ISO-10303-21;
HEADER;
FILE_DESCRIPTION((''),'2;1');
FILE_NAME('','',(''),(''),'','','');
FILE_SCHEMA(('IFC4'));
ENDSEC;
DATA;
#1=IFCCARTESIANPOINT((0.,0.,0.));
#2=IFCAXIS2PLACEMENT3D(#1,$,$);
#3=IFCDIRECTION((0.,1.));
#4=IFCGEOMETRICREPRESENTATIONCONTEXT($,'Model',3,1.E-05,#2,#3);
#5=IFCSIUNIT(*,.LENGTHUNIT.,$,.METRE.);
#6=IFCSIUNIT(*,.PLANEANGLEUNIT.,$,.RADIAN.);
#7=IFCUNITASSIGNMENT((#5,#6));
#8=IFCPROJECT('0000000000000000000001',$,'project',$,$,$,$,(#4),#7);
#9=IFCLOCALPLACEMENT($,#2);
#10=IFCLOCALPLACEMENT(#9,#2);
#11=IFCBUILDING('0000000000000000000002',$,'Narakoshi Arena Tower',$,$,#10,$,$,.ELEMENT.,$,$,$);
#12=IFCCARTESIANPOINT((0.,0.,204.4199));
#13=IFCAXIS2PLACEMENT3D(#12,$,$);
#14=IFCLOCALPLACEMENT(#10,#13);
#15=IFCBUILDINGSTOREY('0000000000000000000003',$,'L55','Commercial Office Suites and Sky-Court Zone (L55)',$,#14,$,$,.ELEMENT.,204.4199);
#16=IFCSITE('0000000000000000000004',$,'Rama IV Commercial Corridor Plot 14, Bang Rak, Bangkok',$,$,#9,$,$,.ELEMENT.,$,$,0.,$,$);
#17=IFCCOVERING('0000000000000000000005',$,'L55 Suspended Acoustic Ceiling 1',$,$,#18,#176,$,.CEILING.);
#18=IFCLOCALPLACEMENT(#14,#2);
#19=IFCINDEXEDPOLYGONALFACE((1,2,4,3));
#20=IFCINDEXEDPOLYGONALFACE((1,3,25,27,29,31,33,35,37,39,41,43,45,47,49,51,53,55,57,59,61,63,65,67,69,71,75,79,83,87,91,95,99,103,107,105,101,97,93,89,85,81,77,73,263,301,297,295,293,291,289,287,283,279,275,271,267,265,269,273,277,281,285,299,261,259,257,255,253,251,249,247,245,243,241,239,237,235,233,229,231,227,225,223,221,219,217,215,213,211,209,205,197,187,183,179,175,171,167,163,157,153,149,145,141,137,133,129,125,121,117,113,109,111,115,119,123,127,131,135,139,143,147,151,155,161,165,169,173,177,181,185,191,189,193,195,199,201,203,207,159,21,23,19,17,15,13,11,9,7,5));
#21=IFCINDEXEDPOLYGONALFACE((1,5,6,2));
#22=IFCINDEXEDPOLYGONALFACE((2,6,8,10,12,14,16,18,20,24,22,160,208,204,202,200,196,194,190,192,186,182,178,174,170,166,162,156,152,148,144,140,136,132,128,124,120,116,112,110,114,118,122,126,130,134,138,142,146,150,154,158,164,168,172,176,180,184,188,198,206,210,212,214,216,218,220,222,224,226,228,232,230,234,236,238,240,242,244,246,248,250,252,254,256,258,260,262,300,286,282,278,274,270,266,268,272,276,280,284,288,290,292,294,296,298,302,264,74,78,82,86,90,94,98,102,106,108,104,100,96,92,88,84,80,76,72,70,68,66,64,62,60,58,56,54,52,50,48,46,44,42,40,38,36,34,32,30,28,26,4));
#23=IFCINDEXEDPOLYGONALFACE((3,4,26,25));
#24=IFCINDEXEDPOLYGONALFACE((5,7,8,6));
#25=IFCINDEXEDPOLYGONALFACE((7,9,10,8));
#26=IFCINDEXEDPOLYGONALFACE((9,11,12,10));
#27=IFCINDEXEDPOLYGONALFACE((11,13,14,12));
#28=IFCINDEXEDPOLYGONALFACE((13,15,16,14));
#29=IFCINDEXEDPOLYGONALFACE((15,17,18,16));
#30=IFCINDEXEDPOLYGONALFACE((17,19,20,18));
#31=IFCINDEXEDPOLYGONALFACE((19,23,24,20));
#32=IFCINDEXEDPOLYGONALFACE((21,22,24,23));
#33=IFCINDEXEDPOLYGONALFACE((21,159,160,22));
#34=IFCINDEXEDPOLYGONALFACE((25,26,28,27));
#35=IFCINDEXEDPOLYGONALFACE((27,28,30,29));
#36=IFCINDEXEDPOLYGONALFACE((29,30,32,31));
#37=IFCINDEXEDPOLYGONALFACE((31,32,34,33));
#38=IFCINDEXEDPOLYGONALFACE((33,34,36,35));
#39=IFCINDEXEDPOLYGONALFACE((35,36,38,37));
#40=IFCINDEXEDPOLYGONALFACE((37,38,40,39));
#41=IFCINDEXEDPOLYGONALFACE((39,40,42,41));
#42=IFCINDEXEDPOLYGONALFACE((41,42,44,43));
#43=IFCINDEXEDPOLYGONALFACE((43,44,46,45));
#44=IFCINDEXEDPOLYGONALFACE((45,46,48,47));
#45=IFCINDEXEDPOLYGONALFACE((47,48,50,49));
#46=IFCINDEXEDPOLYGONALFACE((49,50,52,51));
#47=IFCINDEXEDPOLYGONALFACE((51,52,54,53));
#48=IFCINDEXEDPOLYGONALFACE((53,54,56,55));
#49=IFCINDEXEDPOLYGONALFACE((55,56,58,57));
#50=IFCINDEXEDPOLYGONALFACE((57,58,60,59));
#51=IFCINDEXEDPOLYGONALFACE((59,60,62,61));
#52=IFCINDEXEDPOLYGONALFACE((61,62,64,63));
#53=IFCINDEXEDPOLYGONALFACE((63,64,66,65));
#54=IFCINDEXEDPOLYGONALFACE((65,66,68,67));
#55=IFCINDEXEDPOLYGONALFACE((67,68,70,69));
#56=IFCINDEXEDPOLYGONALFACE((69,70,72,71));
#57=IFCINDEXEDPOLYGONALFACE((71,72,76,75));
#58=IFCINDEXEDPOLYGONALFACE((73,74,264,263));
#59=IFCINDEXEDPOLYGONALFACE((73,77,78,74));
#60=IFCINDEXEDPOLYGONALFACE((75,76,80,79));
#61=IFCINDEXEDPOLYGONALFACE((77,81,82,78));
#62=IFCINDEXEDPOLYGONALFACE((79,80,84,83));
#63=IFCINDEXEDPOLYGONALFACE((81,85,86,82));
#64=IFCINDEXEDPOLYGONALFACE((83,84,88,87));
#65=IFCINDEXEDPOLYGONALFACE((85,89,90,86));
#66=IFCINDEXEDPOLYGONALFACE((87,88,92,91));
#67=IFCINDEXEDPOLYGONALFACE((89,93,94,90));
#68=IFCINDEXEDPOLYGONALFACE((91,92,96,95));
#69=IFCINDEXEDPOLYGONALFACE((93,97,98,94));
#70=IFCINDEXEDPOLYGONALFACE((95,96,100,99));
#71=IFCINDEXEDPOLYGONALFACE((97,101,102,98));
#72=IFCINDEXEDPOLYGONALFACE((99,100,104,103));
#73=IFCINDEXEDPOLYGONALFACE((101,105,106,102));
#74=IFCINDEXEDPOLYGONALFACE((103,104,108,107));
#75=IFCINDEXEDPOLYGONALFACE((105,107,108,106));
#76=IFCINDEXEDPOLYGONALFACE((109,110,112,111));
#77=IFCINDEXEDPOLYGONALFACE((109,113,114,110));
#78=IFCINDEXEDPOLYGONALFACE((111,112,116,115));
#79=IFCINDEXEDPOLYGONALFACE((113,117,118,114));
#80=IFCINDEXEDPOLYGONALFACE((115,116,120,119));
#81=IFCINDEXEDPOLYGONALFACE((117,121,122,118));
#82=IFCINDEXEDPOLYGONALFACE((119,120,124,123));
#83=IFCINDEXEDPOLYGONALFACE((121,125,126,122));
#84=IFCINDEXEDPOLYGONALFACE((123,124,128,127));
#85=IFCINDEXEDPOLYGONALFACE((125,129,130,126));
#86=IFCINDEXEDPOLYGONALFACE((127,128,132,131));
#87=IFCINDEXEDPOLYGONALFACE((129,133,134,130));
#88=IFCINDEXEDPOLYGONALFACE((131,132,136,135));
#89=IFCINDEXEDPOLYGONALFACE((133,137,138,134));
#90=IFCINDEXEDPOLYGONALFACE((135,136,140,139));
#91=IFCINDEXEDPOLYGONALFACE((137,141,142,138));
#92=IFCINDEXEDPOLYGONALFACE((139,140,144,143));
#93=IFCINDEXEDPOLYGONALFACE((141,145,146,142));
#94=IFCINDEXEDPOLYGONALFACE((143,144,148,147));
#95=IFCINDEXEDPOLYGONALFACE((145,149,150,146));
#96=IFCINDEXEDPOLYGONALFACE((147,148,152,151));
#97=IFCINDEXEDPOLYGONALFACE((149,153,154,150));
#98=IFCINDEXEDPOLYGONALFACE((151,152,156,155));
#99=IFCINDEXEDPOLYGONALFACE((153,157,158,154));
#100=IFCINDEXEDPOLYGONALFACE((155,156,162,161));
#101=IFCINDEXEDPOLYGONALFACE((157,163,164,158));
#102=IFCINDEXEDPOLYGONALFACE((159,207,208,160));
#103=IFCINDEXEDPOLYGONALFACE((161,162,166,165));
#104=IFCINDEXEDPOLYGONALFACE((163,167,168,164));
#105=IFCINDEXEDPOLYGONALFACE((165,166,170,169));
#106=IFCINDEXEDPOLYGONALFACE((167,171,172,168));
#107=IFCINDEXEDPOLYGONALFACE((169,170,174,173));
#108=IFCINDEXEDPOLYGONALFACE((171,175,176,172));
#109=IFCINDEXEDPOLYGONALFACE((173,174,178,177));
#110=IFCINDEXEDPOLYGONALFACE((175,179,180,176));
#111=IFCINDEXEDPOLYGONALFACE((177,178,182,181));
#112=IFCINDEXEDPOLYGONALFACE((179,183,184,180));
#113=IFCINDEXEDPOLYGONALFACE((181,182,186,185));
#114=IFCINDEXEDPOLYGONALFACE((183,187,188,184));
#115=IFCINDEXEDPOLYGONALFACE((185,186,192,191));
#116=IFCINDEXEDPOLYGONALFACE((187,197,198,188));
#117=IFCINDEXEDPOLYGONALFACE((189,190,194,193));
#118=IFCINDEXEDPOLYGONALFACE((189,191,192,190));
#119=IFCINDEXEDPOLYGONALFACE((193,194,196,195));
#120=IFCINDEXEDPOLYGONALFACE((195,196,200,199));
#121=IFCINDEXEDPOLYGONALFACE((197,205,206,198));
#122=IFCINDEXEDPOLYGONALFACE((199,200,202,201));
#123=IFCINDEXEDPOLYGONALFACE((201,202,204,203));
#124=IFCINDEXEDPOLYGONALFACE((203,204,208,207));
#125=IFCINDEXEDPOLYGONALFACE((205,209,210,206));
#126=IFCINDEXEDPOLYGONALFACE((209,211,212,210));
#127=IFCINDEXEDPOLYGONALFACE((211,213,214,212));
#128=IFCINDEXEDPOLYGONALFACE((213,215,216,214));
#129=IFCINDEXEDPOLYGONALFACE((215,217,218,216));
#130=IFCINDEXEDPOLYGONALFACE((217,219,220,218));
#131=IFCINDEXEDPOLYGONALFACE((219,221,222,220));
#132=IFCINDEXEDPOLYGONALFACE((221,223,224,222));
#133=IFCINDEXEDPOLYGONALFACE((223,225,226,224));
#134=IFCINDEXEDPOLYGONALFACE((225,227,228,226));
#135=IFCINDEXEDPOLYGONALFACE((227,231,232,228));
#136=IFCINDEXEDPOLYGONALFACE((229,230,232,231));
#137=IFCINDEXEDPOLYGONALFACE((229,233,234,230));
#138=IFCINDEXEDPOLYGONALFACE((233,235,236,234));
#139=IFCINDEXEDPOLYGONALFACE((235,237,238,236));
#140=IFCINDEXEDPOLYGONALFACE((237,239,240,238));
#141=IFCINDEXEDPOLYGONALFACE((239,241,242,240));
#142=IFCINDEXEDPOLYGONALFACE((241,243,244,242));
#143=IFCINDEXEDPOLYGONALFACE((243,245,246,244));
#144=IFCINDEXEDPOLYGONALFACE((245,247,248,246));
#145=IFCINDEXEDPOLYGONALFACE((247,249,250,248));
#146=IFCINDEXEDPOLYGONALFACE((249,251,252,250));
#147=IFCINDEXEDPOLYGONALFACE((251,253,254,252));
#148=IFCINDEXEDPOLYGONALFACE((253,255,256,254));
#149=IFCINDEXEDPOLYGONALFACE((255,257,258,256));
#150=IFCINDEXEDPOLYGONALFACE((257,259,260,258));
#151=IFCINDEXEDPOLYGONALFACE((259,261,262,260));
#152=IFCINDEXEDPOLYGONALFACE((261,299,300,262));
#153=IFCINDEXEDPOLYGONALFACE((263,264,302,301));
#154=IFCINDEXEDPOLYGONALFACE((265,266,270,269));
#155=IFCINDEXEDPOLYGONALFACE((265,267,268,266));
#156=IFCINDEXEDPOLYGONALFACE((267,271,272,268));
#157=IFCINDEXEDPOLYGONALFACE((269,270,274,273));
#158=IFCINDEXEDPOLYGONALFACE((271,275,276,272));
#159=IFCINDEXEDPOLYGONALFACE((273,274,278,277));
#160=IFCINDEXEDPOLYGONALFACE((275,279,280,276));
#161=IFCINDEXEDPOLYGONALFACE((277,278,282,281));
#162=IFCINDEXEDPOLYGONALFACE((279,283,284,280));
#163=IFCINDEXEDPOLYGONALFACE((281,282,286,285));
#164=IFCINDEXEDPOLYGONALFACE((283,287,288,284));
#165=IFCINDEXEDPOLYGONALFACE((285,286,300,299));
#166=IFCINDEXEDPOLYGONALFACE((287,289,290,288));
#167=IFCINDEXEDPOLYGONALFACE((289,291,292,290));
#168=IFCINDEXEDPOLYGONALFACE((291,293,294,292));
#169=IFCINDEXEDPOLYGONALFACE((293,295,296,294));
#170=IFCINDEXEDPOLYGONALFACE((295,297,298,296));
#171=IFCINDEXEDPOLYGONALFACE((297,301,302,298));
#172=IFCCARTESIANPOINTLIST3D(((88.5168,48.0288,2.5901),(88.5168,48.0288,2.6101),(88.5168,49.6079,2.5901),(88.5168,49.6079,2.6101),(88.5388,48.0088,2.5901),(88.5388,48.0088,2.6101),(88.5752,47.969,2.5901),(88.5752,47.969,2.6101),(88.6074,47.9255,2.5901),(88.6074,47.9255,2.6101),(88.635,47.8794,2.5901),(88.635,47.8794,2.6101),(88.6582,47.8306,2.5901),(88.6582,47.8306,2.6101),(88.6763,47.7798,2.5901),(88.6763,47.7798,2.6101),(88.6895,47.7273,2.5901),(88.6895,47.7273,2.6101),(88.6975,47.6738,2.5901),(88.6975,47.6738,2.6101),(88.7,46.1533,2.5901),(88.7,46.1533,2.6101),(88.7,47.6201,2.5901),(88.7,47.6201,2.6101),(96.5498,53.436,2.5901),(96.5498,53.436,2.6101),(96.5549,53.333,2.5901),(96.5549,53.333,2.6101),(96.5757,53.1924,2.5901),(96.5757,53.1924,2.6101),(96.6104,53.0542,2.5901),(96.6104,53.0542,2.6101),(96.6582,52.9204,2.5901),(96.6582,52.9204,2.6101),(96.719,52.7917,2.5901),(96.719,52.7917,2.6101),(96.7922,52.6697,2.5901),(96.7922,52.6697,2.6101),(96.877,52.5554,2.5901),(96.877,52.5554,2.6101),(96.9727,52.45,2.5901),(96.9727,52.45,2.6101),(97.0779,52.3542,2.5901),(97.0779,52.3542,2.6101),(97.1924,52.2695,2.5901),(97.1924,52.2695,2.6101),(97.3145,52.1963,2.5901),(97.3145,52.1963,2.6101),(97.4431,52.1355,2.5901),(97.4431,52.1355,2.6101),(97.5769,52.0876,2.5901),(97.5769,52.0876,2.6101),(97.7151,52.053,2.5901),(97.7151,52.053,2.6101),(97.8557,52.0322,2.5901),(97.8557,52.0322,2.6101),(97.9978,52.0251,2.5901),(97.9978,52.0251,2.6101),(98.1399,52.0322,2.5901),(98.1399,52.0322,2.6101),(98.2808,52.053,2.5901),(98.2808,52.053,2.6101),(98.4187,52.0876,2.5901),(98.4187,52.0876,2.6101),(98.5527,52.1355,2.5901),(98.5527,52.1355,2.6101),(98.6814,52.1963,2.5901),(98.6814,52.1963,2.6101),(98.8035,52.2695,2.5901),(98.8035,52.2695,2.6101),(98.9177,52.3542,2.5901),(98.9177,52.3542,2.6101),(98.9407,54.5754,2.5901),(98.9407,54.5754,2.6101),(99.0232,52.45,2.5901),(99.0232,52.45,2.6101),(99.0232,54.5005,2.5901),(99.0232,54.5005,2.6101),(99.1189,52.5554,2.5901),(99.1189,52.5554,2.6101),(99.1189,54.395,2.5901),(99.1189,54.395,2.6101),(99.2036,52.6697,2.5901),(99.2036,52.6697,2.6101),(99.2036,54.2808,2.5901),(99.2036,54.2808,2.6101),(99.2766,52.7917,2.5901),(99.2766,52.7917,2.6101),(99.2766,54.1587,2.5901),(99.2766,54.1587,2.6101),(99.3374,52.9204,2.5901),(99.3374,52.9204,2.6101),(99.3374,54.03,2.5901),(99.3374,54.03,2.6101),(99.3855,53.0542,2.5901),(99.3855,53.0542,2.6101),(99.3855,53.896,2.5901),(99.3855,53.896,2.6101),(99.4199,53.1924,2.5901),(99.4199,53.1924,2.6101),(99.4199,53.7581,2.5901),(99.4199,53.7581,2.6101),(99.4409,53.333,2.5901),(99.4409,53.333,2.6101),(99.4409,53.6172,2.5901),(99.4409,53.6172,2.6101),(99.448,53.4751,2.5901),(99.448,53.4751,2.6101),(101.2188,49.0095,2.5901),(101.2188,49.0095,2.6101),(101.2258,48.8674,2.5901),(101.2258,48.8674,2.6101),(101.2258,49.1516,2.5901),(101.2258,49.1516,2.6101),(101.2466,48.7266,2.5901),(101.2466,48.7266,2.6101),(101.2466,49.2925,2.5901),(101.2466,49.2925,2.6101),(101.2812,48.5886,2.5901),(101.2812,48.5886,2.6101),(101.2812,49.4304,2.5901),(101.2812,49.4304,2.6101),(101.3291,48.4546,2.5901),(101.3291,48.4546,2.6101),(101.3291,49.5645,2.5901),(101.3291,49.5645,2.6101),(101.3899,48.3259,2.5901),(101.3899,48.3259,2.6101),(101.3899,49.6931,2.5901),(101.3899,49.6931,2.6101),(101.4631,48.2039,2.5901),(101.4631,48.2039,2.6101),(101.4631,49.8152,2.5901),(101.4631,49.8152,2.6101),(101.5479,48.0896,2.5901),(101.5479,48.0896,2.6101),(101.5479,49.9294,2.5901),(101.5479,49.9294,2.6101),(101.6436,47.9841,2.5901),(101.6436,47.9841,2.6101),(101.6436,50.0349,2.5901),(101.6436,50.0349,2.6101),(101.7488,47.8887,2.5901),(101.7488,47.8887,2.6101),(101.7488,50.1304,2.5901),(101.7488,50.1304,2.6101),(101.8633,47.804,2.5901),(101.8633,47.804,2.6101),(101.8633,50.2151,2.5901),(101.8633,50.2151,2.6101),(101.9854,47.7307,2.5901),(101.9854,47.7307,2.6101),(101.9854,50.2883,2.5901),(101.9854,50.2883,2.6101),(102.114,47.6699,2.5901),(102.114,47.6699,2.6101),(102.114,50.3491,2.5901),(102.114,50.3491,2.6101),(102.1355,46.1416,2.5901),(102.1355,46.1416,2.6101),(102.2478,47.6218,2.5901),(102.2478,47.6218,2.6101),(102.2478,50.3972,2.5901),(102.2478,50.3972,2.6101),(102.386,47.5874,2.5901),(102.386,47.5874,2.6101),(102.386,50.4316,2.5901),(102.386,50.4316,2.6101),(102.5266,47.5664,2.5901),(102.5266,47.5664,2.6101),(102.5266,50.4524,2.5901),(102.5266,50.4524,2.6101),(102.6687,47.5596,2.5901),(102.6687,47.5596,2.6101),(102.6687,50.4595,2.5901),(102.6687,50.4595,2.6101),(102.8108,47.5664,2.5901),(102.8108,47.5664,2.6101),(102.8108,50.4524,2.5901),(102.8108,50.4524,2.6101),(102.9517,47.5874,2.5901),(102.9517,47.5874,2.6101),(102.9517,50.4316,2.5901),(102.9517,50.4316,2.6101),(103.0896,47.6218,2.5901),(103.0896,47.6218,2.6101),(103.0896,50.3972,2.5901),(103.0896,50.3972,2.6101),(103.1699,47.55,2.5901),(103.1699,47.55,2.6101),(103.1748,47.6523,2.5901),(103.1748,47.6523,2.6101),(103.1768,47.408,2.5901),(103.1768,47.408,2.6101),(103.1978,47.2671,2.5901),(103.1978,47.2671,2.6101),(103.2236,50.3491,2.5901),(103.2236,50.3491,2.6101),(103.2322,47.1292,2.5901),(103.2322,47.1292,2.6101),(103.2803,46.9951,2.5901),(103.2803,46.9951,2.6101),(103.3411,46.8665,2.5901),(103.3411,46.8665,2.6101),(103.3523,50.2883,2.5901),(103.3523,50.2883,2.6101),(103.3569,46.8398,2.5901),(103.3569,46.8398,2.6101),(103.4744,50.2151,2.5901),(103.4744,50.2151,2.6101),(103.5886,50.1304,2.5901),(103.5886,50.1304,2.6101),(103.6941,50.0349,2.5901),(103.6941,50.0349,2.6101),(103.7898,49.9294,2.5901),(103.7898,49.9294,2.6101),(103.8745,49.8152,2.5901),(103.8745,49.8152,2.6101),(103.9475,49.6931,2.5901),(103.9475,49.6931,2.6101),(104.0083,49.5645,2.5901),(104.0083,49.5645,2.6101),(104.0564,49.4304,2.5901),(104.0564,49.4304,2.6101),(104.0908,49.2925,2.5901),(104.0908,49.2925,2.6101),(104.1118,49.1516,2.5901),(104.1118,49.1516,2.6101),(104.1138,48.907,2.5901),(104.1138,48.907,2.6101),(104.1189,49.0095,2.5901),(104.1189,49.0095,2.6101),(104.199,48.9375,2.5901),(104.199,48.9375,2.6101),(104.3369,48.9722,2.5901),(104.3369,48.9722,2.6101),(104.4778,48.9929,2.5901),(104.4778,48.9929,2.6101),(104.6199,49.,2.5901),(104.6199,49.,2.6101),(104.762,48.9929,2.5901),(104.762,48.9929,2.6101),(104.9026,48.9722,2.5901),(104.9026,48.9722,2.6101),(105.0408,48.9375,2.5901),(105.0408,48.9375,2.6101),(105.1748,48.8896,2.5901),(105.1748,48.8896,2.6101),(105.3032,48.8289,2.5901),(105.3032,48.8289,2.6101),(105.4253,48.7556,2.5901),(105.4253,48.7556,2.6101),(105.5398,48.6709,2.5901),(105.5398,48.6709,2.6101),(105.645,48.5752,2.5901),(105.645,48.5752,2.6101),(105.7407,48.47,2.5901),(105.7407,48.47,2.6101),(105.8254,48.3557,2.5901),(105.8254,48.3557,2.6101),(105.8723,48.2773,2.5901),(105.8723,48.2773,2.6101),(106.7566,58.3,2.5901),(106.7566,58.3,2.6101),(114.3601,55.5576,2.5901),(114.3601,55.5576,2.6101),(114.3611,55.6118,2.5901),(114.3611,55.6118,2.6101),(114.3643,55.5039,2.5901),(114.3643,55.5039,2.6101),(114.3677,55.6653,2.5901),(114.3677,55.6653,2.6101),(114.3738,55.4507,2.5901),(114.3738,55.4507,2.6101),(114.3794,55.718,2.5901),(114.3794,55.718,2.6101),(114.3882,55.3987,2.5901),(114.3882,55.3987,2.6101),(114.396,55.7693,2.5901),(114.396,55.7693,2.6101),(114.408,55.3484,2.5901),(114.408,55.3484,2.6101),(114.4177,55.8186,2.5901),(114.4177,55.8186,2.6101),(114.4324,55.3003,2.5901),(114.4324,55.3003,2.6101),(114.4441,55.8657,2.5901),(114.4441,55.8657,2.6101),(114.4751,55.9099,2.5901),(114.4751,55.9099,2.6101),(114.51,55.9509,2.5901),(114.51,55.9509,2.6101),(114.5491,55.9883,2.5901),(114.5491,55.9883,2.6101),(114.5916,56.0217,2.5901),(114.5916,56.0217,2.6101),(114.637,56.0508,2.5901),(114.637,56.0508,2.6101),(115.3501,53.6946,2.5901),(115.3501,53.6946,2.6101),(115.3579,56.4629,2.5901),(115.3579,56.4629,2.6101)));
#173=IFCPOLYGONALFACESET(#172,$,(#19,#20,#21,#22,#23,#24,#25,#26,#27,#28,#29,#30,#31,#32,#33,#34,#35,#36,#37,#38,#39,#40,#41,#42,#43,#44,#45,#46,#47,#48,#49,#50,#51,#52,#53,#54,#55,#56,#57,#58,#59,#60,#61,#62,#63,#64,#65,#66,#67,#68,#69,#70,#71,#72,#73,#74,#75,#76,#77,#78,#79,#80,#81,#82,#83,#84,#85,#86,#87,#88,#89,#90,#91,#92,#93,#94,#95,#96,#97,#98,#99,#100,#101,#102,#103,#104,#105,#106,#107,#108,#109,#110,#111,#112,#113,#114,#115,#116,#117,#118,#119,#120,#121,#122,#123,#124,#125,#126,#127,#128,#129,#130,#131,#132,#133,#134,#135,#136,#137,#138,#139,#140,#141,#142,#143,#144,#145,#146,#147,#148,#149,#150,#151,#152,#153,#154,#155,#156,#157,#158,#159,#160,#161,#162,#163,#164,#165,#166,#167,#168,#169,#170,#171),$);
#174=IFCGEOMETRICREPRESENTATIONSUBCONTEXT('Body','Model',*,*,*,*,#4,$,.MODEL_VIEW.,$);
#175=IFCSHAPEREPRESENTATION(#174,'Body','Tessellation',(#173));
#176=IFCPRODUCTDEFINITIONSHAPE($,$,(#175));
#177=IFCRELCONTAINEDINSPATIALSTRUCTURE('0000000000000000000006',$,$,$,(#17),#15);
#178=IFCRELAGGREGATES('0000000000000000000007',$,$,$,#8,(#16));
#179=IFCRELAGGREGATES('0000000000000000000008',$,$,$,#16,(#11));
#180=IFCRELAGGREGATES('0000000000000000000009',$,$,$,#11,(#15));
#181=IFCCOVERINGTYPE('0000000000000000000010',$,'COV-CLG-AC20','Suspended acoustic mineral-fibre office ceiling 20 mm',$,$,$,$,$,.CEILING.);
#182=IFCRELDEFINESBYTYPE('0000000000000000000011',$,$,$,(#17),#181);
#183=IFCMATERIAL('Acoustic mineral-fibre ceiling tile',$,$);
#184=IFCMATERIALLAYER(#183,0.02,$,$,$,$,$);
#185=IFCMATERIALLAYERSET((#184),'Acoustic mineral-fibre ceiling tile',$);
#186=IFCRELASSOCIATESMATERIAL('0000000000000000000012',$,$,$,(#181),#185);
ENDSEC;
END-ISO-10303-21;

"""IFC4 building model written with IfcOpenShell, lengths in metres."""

from ifc_helpers import new_model, si_unit, direction, frame, origin, place, context, subcontext, project, spatial, polyline, outline, extrude, material, layer, layer_set, type_object, element, save


model = new_model("IFC4")

# Units and contexts
model_context = context("Model", 3, precision=1e-05, world=origin(), true_north=direction((0.0, 1.0)))
body_context = subcontext(model_context, "Body", "Model", "MODEL_VIEW")
ifc_project = project(units=[si_unit("LENGTHUNIT", "METRE"), si_unit("PLANEANGLEUNIT", "RADIAN")], contexts=[model_context])

# Site, building, storey
site_placement = place(None, origin())
site = spatial("IfcSite", under=ifc_project, at=site_placement, Name="Rama IV Commercial Corridor Plot 14, Bang Rak, Bangkok", CompositionType="ELEMENT", RefElevation=0.0)
building_placement = place(site_placement, origin())
building = spatial("IfcBuilding", under=site, at=building_placement, Name="Narakoshi Arena Tower", CompositionType="ELEMENT")
storey_placement = place(building_placement, frame((0.0, 0.0, 204.4199)))
storey = spatial("IfcBuildingStorey", under=building, at=storey_placement, Name="L55", Description="Commercial Office Suites and Sky-Court Zone (L55)", CompositionType="ELEMENT", Elevation=204.4199)

# Covering
ifc_material_1 = material(Name="Acoustic mineral-fibre ceiling tile")
ifc_layer_1 = layer(ifc_material_1, 0.02)
ifc_layer_set_1 = layer_set([ifc_layer_1], Name="Acoustic mineral-fibre ceiling tile")
covering_type_1 = type_object("IfcCoveringType", Name="COV-CLG-AC20", Description="Suspended acoustic mineral-fibre office ceiling 20 mm", PredefinedType="CEILING", material=ifc_layer_set_1)
covering_1_placement = place(storey_placement, frame((0.0, 0.0, 2.5901)))
element("IfcCovering", 1, at=covering_1_placement, inside=storey, type_object=covering_type_1, Name="L55 Suspended Acoustic Ceiling 1", PredefinedType="CEILING", context=body_context, shape_type="SweptSolid", body=[
    extrude(outline(polyline([(88.7, 47.6201), (88.6975, 47.6738), (88.6895, 47.7273), (88.6763, 47.7798), (88.6582, 47.8306), (88.635, 47.8794), (88.6074, 47.9255), (88.5752, 47.969), (88.5388, 48.0088), (88.5168, 48.0288), (88.5168, 49.6079), (96.5498, 53.436), (96.5549, 53.333), (96.5757, 53.1924), (96.6104, 53.0542), (96.6582, 52.9204), (96.719, 52.7917), (96.7922, 52.6697), (96.877, 52.5554), (96.9727, 52.45), (97.0779, 52.3542), (97.1924, 52.2695), (97.3145, 52.1963), (97.4431, 52.1355), (97.5769, 52.0876), (97.7151, 52.053), (97.8557, 52.0322), (97.9978, 52.0251), (98.1399, 52.0322), (98.2808, 52.053), (98.4187, 52.0876), (98.5527, 52.1355), (98.6814, 52.1963), (98.8035, 52.2695), (98.9177, 52.3542), (99.0232, 52.45), (99.1189, 52.5554), (99.2036, 52.6697), (99.2766, 52.7917), (99.3374, 52.9204), (99.3855, 53.0542), (99.4199, 53.1924), (99.4409, 53.333), (99.448, 53.4751), (99.4409, 53.6172), (99.4199, 53.7581), (99.3855, 53.896), (99.3374, 54.03), (99.2766, 54.1587), (99.2036, 54.2808), (99.1189, 54.395), (99.0232, 54.5005), (98.9407, 54.5754), (106.7566, 58.3), (115.3579, 56.4629), (114.637, 56.0508), (114.5916, 56.0217), (114.5491, 55.9883), (114.51, 55.9509), (114.4751, 55.9099), (114.4441, 55.8657), (114.4177, 55.8186), (114.396, 55.7693), (114.3794, 55.718), (114.3677, 55.6653), (114.3611, 55.6118), (114.3601, 55.5576), (114.3643, 55.5039), (114.3738, 55.4507), (114.3882, 55.3987), (114.408, 55.3484), (114.4324, 55.3003), (115.3501, 53.6946), (105.8723, 48.2773), (105.8254, 48.3557), (105.7407, 48.47), (105.645, 48.5752), (105.5398, 48.6709), (105.4253, 48.7556), (105.3032, 48.8289), (105.1748, 48.8896), (105.0408, 48.9375), (104.9026, 48.9722), (104.762, 48.9929), (104.6199, 49.0), (104.4778, 48.9929), (104.3369, 48.9722), (104.199, 48.9375), (104.1138, 48.907), (104.1189, 49.0095), (104.1118, 49.1516), (104.0908, 49.2925), (104.0564, 49.4304), (104.0083, 49.5645), (103.9475, 49.6931), (103.8745, 49.8152), (103.7898, 49.9294), (103.6941, 50.0349), (103.5886, 50.1304), (103.4744, 50.2151), (103.3523, 50.2883), (103.2236, 50.3491), (103.0896, 50.3972), (102.9517, 50.4316), (102.8108, 50.4524), (102.6687, 50.4595), (102.5266, 50.4524), (102.386, 50.4316), (102.2478, 50.3972), (102.114, 50.3491), (101.9854, 50.2883), (101.8633, 50.2151), (101.7488, 50.1304), (101.6436, 50.0349), (101.5479, 49.9294), (101.4631, 49.8152), (101.3899, 49.6931), (101.3291, 49.5645), (101.2812, 49.4304), (101.2466, 49.2925), (101.2258, 49.1516), (101.2188, 49.0095), (101.2258, 48.8674), (101.2466, 48.7266), (101.2812, 48.5886), (101.3291, 48.4546), (101.3899, 48.3259), (101.4631, 48.2039), (101.5479, 48.0896), (101.6436, 47.9841), (101.7488, 47.8887), (101.8633, 47.804), (101.9854, 47.7307), (102.114, 47.6699), (102.2478, 47.6218), (102.386, 47.5874), (102.5266, 47.5664), (102.6687, 47.5596), (102.8108, 47.5664), (102.9517, 47.5874), (103.0896, 47.6218), (103.1748, 47.6523), (103.1699, 47.55), (103.1768, 47.408), (103.1978, 47.2671), (103.2322, 47.1292), (103.2803, 46.9951), (103.3411, 46.8665), (103.3569, 46.8398), (102.1355, 46.1416), (88.7, 46.1533), (88.7, 47.6201)])), origin(), (0.0, 0.0, 1.0), 0.02),
])

save(model, "model.ifc")
